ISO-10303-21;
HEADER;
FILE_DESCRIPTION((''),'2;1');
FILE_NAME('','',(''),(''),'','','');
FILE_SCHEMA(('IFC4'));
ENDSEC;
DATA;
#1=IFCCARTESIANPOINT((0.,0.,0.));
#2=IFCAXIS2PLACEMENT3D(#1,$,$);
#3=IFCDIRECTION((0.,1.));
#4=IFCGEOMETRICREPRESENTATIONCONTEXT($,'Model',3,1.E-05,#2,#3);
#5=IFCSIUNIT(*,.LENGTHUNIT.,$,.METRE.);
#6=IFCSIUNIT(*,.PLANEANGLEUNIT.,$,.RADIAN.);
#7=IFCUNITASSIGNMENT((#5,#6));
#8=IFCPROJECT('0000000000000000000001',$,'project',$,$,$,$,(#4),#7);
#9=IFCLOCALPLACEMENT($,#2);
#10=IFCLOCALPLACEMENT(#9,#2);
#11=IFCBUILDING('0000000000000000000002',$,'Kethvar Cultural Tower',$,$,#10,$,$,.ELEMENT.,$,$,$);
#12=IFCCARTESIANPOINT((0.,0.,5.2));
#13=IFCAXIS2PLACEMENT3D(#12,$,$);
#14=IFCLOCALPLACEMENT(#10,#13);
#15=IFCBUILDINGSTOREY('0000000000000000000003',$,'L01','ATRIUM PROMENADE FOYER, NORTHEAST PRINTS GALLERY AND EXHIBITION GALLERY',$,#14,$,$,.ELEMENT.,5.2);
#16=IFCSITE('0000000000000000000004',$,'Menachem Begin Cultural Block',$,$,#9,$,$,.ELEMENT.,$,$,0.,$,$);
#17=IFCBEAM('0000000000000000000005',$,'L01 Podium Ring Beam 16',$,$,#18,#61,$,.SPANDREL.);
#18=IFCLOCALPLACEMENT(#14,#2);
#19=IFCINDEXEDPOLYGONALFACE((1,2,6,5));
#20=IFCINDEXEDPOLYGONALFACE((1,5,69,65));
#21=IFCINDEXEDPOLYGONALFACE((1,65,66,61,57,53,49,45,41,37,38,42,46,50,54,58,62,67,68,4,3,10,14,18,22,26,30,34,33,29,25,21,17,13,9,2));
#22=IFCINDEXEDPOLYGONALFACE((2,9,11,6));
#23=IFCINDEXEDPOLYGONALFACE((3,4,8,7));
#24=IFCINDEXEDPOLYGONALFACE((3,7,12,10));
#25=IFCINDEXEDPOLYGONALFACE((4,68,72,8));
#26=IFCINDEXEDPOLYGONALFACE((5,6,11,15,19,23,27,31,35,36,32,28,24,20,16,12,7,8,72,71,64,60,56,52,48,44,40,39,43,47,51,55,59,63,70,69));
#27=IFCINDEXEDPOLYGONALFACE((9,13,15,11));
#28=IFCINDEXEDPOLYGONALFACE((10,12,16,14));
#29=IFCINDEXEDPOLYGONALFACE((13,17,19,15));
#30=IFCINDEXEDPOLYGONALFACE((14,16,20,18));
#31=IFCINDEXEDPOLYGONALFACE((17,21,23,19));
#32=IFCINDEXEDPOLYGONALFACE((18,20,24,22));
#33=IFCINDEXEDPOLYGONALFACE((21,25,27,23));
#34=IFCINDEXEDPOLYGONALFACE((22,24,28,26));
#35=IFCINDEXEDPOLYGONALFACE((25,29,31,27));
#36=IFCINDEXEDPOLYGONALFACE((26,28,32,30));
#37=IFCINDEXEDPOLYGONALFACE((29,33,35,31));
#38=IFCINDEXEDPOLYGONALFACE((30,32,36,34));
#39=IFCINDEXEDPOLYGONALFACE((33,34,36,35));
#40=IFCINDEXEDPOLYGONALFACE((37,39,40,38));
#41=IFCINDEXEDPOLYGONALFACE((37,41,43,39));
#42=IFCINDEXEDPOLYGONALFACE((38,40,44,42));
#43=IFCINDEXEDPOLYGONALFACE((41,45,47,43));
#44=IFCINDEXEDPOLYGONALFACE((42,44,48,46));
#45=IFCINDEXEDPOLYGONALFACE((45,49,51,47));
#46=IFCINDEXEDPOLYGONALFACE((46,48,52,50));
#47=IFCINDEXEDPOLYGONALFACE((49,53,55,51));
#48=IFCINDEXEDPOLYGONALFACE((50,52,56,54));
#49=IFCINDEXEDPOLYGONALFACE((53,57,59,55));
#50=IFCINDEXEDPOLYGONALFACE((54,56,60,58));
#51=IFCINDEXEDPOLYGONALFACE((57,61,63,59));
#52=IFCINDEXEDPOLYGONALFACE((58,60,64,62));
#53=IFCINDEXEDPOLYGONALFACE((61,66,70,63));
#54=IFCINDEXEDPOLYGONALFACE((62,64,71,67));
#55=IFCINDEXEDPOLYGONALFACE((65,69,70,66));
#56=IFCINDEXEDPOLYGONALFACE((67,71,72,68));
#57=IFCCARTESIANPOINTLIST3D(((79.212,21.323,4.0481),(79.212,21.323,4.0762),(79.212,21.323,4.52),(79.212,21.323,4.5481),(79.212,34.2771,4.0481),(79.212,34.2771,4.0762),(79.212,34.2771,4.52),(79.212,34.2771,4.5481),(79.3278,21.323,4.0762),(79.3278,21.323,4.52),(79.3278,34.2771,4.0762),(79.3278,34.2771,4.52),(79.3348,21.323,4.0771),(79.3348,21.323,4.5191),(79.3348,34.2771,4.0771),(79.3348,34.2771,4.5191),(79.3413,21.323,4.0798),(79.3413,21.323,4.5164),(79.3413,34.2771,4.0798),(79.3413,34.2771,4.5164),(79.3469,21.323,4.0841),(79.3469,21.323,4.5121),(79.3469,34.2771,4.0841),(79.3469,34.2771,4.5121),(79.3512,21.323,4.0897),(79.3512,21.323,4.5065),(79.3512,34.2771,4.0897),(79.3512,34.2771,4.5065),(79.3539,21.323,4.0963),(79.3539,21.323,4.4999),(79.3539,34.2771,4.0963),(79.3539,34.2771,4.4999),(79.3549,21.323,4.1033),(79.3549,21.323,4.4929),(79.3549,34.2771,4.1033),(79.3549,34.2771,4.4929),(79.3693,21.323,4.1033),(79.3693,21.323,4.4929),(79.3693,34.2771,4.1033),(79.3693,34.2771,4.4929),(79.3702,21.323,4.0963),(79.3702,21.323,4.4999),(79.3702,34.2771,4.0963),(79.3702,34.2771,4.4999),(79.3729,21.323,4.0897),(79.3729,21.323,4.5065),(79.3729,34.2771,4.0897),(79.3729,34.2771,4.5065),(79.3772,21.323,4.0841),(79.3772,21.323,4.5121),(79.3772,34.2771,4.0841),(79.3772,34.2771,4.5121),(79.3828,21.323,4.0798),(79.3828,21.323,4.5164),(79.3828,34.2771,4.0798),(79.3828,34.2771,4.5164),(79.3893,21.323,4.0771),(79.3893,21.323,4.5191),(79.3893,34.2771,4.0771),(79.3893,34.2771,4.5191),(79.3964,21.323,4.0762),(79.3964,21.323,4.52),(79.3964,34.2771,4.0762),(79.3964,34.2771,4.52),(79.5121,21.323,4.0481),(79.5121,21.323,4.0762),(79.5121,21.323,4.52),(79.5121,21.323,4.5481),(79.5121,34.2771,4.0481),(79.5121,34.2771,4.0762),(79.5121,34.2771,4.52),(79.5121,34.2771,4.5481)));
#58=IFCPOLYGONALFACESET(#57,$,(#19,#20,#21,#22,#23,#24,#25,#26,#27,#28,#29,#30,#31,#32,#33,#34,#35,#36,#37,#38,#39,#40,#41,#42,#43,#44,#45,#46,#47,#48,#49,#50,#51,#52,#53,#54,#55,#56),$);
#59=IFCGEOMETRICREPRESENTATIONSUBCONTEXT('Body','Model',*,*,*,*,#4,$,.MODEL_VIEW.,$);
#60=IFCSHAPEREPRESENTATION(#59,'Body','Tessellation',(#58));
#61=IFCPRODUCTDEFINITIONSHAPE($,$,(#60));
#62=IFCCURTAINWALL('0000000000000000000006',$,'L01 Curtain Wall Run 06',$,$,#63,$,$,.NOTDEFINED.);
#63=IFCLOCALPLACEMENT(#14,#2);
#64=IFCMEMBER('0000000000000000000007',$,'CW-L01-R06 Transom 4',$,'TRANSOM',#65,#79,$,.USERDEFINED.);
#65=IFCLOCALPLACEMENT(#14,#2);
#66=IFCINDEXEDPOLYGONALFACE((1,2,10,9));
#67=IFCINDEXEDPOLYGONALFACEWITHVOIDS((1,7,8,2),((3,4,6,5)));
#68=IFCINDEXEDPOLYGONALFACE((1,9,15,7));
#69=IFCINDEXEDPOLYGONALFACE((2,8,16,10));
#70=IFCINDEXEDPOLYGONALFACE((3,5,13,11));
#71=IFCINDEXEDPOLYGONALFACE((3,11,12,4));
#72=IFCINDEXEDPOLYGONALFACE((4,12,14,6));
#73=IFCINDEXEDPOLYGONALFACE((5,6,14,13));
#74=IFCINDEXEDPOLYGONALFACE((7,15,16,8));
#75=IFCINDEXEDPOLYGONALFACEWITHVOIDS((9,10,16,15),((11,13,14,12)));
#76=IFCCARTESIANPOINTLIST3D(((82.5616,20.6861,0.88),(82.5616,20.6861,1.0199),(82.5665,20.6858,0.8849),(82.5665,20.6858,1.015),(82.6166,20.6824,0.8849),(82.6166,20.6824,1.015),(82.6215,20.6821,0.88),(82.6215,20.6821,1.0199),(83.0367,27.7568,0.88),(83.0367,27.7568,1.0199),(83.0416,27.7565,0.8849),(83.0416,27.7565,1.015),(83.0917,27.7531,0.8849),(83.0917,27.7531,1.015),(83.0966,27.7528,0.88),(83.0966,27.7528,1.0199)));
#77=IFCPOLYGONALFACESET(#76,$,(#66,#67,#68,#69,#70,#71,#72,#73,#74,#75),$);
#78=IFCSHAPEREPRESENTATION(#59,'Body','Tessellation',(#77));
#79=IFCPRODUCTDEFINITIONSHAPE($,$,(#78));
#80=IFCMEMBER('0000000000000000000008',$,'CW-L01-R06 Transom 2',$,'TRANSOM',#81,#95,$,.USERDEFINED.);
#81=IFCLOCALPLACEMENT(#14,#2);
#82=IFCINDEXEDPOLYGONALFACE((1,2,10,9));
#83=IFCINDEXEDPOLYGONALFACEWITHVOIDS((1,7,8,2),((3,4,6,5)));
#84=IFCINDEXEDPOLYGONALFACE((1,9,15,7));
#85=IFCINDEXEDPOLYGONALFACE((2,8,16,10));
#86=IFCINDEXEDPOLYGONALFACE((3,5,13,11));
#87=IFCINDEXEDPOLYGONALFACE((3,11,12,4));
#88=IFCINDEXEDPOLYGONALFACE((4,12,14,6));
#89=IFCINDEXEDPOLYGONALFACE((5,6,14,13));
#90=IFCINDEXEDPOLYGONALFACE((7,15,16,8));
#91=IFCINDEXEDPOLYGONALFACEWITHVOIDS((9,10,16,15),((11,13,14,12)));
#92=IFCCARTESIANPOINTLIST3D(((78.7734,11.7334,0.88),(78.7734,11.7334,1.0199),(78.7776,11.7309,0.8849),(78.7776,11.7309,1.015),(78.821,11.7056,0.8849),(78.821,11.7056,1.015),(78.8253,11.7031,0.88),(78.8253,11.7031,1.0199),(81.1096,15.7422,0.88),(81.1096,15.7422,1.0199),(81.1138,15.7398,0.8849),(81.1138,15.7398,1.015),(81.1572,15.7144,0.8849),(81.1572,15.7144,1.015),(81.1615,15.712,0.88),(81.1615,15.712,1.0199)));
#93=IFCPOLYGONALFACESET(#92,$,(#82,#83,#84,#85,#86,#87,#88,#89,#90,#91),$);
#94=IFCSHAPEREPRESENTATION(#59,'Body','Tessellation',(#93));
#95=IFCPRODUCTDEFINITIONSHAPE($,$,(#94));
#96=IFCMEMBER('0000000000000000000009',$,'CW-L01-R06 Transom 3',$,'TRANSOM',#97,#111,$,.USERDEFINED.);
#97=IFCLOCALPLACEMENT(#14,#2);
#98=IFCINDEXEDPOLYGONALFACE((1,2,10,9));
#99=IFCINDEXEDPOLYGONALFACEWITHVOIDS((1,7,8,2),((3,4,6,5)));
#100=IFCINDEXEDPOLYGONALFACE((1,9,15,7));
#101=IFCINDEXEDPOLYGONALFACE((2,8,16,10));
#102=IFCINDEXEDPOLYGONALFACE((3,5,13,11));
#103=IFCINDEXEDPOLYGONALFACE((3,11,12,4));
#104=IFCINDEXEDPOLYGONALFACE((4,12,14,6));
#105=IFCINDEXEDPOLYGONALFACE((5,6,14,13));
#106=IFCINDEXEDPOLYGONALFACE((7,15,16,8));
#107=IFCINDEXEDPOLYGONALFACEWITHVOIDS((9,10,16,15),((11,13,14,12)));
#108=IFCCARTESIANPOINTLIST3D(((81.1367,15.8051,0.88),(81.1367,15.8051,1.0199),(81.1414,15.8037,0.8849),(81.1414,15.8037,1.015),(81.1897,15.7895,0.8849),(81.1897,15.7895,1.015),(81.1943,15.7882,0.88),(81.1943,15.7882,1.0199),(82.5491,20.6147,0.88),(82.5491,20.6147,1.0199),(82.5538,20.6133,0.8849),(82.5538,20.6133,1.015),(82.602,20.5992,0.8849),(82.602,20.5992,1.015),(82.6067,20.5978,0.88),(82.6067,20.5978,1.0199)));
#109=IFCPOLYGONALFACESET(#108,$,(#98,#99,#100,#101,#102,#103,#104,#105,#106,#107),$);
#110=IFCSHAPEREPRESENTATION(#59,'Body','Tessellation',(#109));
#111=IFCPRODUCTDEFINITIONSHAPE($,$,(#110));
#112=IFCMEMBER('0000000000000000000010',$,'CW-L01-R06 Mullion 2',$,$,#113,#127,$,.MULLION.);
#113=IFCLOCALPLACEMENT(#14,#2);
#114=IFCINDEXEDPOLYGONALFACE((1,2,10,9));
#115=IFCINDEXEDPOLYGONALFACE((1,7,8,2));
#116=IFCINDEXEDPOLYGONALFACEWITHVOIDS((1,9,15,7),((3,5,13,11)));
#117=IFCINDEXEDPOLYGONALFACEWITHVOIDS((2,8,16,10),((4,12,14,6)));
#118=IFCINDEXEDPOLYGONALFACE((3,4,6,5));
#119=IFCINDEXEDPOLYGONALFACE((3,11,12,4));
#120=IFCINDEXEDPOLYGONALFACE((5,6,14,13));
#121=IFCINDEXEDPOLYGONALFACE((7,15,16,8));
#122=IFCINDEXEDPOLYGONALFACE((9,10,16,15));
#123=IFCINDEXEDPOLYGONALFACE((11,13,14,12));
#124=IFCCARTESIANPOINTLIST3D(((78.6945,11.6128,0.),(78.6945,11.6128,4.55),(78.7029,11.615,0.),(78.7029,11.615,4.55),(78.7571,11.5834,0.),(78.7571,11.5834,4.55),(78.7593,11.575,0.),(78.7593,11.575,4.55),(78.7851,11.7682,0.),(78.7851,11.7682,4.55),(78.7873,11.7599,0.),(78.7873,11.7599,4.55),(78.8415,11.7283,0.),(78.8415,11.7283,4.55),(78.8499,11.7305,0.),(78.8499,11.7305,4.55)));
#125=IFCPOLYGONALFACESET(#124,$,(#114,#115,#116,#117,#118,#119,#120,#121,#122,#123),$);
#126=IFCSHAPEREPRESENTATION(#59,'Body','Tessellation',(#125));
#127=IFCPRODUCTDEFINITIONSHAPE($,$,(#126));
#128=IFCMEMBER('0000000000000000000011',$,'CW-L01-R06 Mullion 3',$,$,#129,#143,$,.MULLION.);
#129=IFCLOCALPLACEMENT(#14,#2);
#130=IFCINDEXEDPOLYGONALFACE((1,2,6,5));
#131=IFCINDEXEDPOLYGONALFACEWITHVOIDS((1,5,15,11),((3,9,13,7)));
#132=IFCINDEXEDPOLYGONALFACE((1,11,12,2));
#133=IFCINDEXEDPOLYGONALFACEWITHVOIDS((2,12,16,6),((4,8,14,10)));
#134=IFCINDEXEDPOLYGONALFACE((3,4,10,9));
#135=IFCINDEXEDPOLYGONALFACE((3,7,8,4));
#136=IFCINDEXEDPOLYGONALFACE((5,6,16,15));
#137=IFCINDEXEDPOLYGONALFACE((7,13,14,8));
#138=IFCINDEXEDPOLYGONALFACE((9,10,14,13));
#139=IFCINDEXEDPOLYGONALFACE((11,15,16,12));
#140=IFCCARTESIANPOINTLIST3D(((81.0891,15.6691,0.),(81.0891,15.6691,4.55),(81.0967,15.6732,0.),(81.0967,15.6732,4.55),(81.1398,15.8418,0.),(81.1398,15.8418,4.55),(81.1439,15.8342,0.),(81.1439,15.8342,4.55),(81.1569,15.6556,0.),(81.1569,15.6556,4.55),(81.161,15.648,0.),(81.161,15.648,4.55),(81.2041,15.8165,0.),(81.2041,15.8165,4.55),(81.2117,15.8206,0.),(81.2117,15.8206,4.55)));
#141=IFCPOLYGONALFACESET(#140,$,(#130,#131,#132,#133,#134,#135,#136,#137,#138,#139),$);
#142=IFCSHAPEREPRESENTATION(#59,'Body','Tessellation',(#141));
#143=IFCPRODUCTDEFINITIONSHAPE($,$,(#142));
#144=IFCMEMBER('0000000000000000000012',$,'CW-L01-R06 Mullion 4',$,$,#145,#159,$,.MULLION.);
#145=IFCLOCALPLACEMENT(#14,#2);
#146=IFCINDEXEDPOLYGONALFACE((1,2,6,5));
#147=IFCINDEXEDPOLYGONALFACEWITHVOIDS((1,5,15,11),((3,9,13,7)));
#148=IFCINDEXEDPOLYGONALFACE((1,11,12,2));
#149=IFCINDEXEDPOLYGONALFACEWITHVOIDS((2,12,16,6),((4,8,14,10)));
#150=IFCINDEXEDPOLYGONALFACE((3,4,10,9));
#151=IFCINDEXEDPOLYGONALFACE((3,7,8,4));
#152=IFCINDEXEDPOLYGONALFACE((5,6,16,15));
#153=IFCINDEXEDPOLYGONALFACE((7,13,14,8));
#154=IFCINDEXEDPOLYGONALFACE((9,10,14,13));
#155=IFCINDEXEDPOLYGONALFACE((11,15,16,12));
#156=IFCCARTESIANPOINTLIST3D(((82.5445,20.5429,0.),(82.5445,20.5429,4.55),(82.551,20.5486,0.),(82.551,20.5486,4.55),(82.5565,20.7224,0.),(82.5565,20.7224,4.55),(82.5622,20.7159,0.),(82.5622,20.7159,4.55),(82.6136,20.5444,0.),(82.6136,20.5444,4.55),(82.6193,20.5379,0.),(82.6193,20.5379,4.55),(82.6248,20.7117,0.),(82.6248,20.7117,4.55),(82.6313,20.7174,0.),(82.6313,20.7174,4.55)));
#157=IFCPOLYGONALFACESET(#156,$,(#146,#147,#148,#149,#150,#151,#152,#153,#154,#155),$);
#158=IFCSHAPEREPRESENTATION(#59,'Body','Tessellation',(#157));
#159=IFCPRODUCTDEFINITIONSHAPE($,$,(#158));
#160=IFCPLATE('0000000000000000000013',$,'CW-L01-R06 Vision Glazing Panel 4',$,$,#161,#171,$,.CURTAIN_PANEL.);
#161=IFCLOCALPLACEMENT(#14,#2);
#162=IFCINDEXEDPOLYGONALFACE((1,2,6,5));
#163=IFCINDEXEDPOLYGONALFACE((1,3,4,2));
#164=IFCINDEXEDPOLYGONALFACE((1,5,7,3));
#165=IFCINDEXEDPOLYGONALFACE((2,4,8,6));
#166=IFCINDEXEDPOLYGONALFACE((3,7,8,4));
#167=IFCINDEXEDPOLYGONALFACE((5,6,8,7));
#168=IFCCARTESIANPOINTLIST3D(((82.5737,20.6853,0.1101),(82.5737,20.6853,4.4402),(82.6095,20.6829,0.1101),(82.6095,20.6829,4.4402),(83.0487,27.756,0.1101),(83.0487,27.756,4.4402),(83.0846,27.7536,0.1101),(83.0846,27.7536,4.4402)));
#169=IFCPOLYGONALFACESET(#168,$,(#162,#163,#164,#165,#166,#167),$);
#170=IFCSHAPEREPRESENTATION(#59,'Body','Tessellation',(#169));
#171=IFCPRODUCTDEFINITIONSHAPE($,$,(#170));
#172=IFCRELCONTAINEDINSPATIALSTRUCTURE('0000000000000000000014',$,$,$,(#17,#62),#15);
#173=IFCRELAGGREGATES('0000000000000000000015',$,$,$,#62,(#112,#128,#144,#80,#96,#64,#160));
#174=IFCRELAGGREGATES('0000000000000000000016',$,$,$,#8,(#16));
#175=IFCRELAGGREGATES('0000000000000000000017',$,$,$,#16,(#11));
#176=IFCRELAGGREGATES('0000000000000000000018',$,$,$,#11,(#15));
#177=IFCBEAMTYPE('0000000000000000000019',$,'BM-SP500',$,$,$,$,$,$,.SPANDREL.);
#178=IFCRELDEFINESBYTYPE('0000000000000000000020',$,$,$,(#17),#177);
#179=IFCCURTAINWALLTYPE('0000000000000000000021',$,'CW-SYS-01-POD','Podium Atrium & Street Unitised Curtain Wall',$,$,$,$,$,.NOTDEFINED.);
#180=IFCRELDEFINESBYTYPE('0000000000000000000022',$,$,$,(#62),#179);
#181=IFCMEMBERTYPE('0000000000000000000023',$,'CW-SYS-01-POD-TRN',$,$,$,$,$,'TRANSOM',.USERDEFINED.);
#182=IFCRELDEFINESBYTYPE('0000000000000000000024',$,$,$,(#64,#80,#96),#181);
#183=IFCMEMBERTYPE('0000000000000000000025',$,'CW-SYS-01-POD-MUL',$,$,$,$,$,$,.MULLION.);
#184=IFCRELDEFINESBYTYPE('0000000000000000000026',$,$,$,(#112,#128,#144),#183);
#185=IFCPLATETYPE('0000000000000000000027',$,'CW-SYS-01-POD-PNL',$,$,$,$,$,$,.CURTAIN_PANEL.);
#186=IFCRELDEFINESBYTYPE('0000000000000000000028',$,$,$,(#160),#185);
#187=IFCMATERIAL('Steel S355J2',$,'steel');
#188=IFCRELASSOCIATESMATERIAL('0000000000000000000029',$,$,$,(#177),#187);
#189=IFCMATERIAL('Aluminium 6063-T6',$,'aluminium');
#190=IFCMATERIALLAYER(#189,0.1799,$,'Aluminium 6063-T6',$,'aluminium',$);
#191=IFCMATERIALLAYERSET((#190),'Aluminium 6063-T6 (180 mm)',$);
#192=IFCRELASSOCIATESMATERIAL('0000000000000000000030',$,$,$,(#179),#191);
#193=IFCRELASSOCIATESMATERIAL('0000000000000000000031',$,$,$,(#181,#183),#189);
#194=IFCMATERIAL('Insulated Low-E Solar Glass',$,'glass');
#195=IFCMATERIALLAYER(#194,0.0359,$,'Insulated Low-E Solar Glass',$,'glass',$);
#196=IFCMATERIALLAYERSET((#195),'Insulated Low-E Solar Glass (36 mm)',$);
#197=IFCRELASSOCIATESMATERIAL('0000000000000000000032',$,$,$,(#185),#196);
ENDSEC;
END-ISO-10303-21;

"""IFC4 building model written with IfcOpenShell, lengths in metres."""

from ifc_helpers import new_model, si_unit, direction, frame, origin, origin_2d, place, context, subcontext, project, spatial, rectangle, hollow_rectangle, i_section, extrude, source, transform, mapped, material, layer, layer_set, material_profile, profile_set, type_object, element, aggregate, save


model = new_model("IFC4")

# Units and contexts
model_context = context("Model", 3, precision=1e-05, world=origin(), true_north=direction((0.0, 1.0)))
body_context = subcontext(model_context, "Body", "Model", "MODEL_VIEW")
ifc_project = project(units=[si_unit("LENGTHUNIT", "METRE"), si_unit("PLANEANGLEUNIT", "RADIAN")], contexts=[model_context])

# Site, building, storey
site_placement = place(None, origin())
site = spatial("IfcSite", under=ifc_project, at=site_placement, Name="Menachem Begin Cultural Block", CompositionType="ELEMENT", RefElevation=0.0)
building_placement = place(site_placement, origin())
building = spatial("IfcBuilding", under=site, at=building_placement, Name="Kethvar Cultural Tower", CompositionType="ELEMENT")
storey_placement = place(building_placement, frame((0.0, 0.0, 5.2)))
storey = spatial("IfcBuildingStorey", under=building, at=storey_placement, Name="L01", Description="ATRIUM PROMENADE FOYER, NORTHEAST PRINTS GALLERY AND EXHIBITION GALLERY", CompositionType="ELEMENT", Elevation=5.2)

# Beam
ifc_material_1 = material(Name="Steel S355J2", Category="steel")
ifc_material_profile_1 = material_profile(ifc_material_1, i_section(OverallWidth=0.3, OverallDepth=0.5, WebThickness=0.0144, FlangeThickness=0.0281, FilletRadius=0.0271, at=origin_2d()), Name="Steel S355J2 — HEB500")
ifc_profile_set_1 = profile_set([ifc_material_profile_1], Name="Steel S355J2 — HEB500")
beam_type = type_object("IfcBeamType", Name="BM-SP500", PredefinedType="SPANDREL", material=ifc_profile_set_1)
shared_shape_1 = source(origin(), body_context, "Body", "SweptSolid", [
    extrude(i_section(OverallWidth=0.3, OverallDepth=0.5, WebThickness=0.0144, FlangeThickness=0.0281, FilletRadius=0.0271, at=origin_2d()), origin(), (0.0, 0.0, 1.0), 12.9541),
])
beam_1_placement = place(storey_placement, frame((79.3621, 21.323, 4.2981), z_axis=(0.0, 1.0, 0.0), x_axis=(-1.0, 0.0, 0.0)))
element("IfcBeam", 1, at=beam_1_placement, inside=storey, type_object=beam_type, Name="L01 Podium Ring Beam 16", PredefinedType="SPANDREL", context=body_context, shape_type="MappedRepresentation", body=[
    mapped(shared_shape_1, transform((0.0, 0.0, 0.0), scale=1.0)),
])

# Curtain wall, members, plate
ifc_material_2 = material(Name="Aluminium 6063-T6", Category="aluminium")
ifc_layer_1 = layer(ifc_material_2, 0.1799, Name="Aluminium 6063-T6", Category="aluminium")
ifc_layer_set_1 = layer_set([ifc_layer_1], Name="Aluminium 6063-T6 (180 mm)")
curtain_wall_type = type_object("IfcCurtainWallType", Name="CW-SYS-01-POD", Description="Podium Atrium & Street Unitised Curtain Wall", PredefinedType="NOTDEFINED", material=ifc_layer_set_1)
curtain_wall_placement = place(storey_placement, origin())
curtain_wall = element("IfcCurtainWall", 2, at=curtain_wall_placement, inside=storey, type_object=curtain_wall_type, Name="L01 Curtain Wall Run 06", PredefinedType="NOTDEFINED")
ifc_material_profile_2 = material_profile(ifc_material_2, hollow_rectangle(XDim=0.0601, YDim=0.1399, WallThickness=0.0049, at=origin_2d()), Name="Aluminium 6063-T6 — RHS140x60x5")
ifc_profile_set_2 = profile_set([ifc_material_profile_2], Name="Aluminium 6063-T6 — RHS140x60x5")
member_type_1 = type_object("IfcMemberType", Name="CW-SYS-01-POD-TRN", ElementType="TRANSOM", PredefinedType="USERDEFINED", material=ifc_profile_set_2)
shared_shape_2 = source(origin(), body_context, "Body", "SweptSolid", [
    extrude(hollow_rectangle(XDim=0.0601, YDim=0.1399, WallThickness=0.0049, at=origin_2d()), origin(), (0.0, 0.0, 1.0), 7.0867),
])
member_1_placement = place(storey_placement, frame((82.5916, 20.6841, 0.95), z_axis=(0.06704, 0.99775, 0.0), x_axis=(-0.99775, 0.06704, 0.0)))
member_1 = element("IfcMember", 3, at=member_1_placement, type_object=member_type_1, Name="CW-L01-R06 Transom 4", ObjectType="TRANSOM", PredefinedType="USERDEFINED", context=body_context, shape_type="MappedRepresentation", body=[
    mapped(shared_shape_2, transform((0.0, 0.0, 0.0), scale=1.0)),
])
shared_shape_3 = source(origin(), body_context, "Body", "SweptSolid", [
    extrude(hollow_rectangle(XDim=0.0601, YDim=0.1399, WallThickness=0.0049, at=origin_2d()), origin(), (0.0, 0.0, 1.0), 4.6399),
])
member_2_placement = place(storey_placement, frame((78.7993, 11.7183, 0.95), z_axis=(0.503505, 0.863993, 0.0), x_axis=(-0.863993, 0.503505, 0.0)))
member_2 = element("IfcMember", 4, at=member_2_placement, type_object=member_type_1, Name="CW-L01-R06 Transom 2", ObjectType="TRANSOM", PredefinedType="USERDEFINED", context=body_context, shape_type="MappedRepresentation", body=[
    mapped(shared_shape_3, transform((0.0, 0.0, 0.0), scale=1.0)),
])
shared_shape_4 = source(origin(), body_context, "Body", "SweptSolid", [
    extrude(hollow_rectangle(XDim=0.0601, YDim=0.1399, WallThickness=0.0049, at=origin_2d()), origin(), (0.0, 0.0, 1.0), 5.0127),
])
member_3_placement = place(storey_placement, frame((81.1655, 15.7966, 0.95), z_axis=(0.281758, 0.959486, 0.0), x_axis=(-0.959486, 0.281758, 0.0)))
member_3 = element("IfcMember", 5, at=member_3_placement, type_object=member_type_1, Name="CW-L01-R06 Transom 3", ObjectType="TRANSOM", PredefinedType="USERDEFINED", context=body_context, shape_type="MappedRepresentation", body=[
    mapped(shared_shape_4, transform((0.0, 0.0, 0.0), scale=1.0)),
])
ifc_material_profile_3 = material_profile(ifc_material_2, hollow_rectangle(XDim=0.075, YDim=0.1799, WallThickness=0.0061, at=origin_2d()), Name="Aluminium 6063-T6 — RHS180x75x6")
ifc_profile_set_3 = profile_set([ifc_material_profile_3], Name="Aluminium 6063-T6 — RHS180x75x6")
member_type_2 = type_object("IfcMemberType", Name="CW-SYS-01-POD-MUL", PredefinedType="MULLION", material=ifc_profile_set_3)
shared_shape_5 = source(origin(), body_context, "Body", "SweptSolid", [
    extrude(hollow_rectangle(XDim=0.075, YDim=0.1799, WallThickness=0.0061, at=origin_2d()), origin(), (0.0, 0.0, 1.0), 4.55),
])
member_4_placement = place(storey_placement, frame((78.7722, 11.6716, 0.0), z_axis=(0.0, 0.0, 1.0), x_axis=(-0.863985, 0.503518, 0.0)))
member_4 = element("IfcMember", 6, at=member_4_placement, type_object=member_type_2, Name="CW-L01-R06 Mullion 2", PredefinedType="MULLION", context=body_context, shape_type="MappedRepresentation", body=[
    mapped(shared_shape_5, transform((0.0, 0.0, 0.0), scale=1.0)),
])
member_5_placement = place(storey_placement, frame((81.1504, 15.7449, 0.0), z_axis=(0.0, 0.0, 1.0), x_axis=(-0.959496, 0.281722, 0.0)))
member_5 = element("IfcMember", 7, at=member_5_placement, type_object=member_type_2, Name="CW-L01-R06 Mullion 3", PredefinedType="MULLION", context=body_context, shape_type="MappedRepresentation", body=[
    mapped(shared_shape_5, transform((0.0, 0.0, 0.0), scale=1.0)),
])
member_6_placement = place(storey_placement, frame((82.5879, 20.6301, 0.0), z_axis=(0.0, 0.0, 1.0), x_axis=(-0.99775, 0.06704, 0.0)))
member_6 = element("IfcMember", 8, at=member_6_placement, type_object=member_type_2, Name="CW-L01-R06 Mullion 4", PredefinedType="MULLION", context=body_context, shape_type="MappedRepresentation", body=[
    mapped(shared_shape_5, transform((0.0, 0.0, 0.0), scale=1.0)),
])
ifc_material_3 = material(Name="Insulated Low-E Solar Glass", Category="glass")
ifc_layer_2 = layer(ifc_material_3, 0.0359, Name="Insulated Low-E Solar Glass", Category="glass")
ifc_layer_set_2 = layer_set([ifc_layer_2], Name="Insulated Low-E Solar Glass (36 mm)")
plate_type = type_object("IfcPlateType", Name="CW-SYS-01-POD-PNL", PredefinedType="CURTAIN_PANEL", material=ifc_layer_set_2)
shared_shape_6 = source(origin(), body_context, "Body", "SweptSolid", [
    extrude(rectangle(XDim=7.0867, YDim=0.0359, at=origin_2d()), origin(), (0.0, 0.0, 1.0), 4.3301),
])
plate_1_placement = place(storey_placement, frame((82.8291, 24.2195, 0.1101), z_axis=(0.0, 0.0, 1.0), x_axis=(0.06704, 0.99775, 0.0)))
plate_1 = element("IfcPlate", 9, at=plate_1_placement, type_object=plate_type, Name="CW-L01-R06 Vision Glazing Panel 4", PredefinedType="CURTAIN_PANEL", context=body_context, shape_type="MappedRepresentation", body=[
    mapped(shared_shape_6, transform((0.0, 0.0, 0.0), scale=1.0)),
])
aggregate(curtain_wall, [member_4, member_5, member_6, member_2, member_3, member_1, plate_1])

save(model, "model.ifc")
